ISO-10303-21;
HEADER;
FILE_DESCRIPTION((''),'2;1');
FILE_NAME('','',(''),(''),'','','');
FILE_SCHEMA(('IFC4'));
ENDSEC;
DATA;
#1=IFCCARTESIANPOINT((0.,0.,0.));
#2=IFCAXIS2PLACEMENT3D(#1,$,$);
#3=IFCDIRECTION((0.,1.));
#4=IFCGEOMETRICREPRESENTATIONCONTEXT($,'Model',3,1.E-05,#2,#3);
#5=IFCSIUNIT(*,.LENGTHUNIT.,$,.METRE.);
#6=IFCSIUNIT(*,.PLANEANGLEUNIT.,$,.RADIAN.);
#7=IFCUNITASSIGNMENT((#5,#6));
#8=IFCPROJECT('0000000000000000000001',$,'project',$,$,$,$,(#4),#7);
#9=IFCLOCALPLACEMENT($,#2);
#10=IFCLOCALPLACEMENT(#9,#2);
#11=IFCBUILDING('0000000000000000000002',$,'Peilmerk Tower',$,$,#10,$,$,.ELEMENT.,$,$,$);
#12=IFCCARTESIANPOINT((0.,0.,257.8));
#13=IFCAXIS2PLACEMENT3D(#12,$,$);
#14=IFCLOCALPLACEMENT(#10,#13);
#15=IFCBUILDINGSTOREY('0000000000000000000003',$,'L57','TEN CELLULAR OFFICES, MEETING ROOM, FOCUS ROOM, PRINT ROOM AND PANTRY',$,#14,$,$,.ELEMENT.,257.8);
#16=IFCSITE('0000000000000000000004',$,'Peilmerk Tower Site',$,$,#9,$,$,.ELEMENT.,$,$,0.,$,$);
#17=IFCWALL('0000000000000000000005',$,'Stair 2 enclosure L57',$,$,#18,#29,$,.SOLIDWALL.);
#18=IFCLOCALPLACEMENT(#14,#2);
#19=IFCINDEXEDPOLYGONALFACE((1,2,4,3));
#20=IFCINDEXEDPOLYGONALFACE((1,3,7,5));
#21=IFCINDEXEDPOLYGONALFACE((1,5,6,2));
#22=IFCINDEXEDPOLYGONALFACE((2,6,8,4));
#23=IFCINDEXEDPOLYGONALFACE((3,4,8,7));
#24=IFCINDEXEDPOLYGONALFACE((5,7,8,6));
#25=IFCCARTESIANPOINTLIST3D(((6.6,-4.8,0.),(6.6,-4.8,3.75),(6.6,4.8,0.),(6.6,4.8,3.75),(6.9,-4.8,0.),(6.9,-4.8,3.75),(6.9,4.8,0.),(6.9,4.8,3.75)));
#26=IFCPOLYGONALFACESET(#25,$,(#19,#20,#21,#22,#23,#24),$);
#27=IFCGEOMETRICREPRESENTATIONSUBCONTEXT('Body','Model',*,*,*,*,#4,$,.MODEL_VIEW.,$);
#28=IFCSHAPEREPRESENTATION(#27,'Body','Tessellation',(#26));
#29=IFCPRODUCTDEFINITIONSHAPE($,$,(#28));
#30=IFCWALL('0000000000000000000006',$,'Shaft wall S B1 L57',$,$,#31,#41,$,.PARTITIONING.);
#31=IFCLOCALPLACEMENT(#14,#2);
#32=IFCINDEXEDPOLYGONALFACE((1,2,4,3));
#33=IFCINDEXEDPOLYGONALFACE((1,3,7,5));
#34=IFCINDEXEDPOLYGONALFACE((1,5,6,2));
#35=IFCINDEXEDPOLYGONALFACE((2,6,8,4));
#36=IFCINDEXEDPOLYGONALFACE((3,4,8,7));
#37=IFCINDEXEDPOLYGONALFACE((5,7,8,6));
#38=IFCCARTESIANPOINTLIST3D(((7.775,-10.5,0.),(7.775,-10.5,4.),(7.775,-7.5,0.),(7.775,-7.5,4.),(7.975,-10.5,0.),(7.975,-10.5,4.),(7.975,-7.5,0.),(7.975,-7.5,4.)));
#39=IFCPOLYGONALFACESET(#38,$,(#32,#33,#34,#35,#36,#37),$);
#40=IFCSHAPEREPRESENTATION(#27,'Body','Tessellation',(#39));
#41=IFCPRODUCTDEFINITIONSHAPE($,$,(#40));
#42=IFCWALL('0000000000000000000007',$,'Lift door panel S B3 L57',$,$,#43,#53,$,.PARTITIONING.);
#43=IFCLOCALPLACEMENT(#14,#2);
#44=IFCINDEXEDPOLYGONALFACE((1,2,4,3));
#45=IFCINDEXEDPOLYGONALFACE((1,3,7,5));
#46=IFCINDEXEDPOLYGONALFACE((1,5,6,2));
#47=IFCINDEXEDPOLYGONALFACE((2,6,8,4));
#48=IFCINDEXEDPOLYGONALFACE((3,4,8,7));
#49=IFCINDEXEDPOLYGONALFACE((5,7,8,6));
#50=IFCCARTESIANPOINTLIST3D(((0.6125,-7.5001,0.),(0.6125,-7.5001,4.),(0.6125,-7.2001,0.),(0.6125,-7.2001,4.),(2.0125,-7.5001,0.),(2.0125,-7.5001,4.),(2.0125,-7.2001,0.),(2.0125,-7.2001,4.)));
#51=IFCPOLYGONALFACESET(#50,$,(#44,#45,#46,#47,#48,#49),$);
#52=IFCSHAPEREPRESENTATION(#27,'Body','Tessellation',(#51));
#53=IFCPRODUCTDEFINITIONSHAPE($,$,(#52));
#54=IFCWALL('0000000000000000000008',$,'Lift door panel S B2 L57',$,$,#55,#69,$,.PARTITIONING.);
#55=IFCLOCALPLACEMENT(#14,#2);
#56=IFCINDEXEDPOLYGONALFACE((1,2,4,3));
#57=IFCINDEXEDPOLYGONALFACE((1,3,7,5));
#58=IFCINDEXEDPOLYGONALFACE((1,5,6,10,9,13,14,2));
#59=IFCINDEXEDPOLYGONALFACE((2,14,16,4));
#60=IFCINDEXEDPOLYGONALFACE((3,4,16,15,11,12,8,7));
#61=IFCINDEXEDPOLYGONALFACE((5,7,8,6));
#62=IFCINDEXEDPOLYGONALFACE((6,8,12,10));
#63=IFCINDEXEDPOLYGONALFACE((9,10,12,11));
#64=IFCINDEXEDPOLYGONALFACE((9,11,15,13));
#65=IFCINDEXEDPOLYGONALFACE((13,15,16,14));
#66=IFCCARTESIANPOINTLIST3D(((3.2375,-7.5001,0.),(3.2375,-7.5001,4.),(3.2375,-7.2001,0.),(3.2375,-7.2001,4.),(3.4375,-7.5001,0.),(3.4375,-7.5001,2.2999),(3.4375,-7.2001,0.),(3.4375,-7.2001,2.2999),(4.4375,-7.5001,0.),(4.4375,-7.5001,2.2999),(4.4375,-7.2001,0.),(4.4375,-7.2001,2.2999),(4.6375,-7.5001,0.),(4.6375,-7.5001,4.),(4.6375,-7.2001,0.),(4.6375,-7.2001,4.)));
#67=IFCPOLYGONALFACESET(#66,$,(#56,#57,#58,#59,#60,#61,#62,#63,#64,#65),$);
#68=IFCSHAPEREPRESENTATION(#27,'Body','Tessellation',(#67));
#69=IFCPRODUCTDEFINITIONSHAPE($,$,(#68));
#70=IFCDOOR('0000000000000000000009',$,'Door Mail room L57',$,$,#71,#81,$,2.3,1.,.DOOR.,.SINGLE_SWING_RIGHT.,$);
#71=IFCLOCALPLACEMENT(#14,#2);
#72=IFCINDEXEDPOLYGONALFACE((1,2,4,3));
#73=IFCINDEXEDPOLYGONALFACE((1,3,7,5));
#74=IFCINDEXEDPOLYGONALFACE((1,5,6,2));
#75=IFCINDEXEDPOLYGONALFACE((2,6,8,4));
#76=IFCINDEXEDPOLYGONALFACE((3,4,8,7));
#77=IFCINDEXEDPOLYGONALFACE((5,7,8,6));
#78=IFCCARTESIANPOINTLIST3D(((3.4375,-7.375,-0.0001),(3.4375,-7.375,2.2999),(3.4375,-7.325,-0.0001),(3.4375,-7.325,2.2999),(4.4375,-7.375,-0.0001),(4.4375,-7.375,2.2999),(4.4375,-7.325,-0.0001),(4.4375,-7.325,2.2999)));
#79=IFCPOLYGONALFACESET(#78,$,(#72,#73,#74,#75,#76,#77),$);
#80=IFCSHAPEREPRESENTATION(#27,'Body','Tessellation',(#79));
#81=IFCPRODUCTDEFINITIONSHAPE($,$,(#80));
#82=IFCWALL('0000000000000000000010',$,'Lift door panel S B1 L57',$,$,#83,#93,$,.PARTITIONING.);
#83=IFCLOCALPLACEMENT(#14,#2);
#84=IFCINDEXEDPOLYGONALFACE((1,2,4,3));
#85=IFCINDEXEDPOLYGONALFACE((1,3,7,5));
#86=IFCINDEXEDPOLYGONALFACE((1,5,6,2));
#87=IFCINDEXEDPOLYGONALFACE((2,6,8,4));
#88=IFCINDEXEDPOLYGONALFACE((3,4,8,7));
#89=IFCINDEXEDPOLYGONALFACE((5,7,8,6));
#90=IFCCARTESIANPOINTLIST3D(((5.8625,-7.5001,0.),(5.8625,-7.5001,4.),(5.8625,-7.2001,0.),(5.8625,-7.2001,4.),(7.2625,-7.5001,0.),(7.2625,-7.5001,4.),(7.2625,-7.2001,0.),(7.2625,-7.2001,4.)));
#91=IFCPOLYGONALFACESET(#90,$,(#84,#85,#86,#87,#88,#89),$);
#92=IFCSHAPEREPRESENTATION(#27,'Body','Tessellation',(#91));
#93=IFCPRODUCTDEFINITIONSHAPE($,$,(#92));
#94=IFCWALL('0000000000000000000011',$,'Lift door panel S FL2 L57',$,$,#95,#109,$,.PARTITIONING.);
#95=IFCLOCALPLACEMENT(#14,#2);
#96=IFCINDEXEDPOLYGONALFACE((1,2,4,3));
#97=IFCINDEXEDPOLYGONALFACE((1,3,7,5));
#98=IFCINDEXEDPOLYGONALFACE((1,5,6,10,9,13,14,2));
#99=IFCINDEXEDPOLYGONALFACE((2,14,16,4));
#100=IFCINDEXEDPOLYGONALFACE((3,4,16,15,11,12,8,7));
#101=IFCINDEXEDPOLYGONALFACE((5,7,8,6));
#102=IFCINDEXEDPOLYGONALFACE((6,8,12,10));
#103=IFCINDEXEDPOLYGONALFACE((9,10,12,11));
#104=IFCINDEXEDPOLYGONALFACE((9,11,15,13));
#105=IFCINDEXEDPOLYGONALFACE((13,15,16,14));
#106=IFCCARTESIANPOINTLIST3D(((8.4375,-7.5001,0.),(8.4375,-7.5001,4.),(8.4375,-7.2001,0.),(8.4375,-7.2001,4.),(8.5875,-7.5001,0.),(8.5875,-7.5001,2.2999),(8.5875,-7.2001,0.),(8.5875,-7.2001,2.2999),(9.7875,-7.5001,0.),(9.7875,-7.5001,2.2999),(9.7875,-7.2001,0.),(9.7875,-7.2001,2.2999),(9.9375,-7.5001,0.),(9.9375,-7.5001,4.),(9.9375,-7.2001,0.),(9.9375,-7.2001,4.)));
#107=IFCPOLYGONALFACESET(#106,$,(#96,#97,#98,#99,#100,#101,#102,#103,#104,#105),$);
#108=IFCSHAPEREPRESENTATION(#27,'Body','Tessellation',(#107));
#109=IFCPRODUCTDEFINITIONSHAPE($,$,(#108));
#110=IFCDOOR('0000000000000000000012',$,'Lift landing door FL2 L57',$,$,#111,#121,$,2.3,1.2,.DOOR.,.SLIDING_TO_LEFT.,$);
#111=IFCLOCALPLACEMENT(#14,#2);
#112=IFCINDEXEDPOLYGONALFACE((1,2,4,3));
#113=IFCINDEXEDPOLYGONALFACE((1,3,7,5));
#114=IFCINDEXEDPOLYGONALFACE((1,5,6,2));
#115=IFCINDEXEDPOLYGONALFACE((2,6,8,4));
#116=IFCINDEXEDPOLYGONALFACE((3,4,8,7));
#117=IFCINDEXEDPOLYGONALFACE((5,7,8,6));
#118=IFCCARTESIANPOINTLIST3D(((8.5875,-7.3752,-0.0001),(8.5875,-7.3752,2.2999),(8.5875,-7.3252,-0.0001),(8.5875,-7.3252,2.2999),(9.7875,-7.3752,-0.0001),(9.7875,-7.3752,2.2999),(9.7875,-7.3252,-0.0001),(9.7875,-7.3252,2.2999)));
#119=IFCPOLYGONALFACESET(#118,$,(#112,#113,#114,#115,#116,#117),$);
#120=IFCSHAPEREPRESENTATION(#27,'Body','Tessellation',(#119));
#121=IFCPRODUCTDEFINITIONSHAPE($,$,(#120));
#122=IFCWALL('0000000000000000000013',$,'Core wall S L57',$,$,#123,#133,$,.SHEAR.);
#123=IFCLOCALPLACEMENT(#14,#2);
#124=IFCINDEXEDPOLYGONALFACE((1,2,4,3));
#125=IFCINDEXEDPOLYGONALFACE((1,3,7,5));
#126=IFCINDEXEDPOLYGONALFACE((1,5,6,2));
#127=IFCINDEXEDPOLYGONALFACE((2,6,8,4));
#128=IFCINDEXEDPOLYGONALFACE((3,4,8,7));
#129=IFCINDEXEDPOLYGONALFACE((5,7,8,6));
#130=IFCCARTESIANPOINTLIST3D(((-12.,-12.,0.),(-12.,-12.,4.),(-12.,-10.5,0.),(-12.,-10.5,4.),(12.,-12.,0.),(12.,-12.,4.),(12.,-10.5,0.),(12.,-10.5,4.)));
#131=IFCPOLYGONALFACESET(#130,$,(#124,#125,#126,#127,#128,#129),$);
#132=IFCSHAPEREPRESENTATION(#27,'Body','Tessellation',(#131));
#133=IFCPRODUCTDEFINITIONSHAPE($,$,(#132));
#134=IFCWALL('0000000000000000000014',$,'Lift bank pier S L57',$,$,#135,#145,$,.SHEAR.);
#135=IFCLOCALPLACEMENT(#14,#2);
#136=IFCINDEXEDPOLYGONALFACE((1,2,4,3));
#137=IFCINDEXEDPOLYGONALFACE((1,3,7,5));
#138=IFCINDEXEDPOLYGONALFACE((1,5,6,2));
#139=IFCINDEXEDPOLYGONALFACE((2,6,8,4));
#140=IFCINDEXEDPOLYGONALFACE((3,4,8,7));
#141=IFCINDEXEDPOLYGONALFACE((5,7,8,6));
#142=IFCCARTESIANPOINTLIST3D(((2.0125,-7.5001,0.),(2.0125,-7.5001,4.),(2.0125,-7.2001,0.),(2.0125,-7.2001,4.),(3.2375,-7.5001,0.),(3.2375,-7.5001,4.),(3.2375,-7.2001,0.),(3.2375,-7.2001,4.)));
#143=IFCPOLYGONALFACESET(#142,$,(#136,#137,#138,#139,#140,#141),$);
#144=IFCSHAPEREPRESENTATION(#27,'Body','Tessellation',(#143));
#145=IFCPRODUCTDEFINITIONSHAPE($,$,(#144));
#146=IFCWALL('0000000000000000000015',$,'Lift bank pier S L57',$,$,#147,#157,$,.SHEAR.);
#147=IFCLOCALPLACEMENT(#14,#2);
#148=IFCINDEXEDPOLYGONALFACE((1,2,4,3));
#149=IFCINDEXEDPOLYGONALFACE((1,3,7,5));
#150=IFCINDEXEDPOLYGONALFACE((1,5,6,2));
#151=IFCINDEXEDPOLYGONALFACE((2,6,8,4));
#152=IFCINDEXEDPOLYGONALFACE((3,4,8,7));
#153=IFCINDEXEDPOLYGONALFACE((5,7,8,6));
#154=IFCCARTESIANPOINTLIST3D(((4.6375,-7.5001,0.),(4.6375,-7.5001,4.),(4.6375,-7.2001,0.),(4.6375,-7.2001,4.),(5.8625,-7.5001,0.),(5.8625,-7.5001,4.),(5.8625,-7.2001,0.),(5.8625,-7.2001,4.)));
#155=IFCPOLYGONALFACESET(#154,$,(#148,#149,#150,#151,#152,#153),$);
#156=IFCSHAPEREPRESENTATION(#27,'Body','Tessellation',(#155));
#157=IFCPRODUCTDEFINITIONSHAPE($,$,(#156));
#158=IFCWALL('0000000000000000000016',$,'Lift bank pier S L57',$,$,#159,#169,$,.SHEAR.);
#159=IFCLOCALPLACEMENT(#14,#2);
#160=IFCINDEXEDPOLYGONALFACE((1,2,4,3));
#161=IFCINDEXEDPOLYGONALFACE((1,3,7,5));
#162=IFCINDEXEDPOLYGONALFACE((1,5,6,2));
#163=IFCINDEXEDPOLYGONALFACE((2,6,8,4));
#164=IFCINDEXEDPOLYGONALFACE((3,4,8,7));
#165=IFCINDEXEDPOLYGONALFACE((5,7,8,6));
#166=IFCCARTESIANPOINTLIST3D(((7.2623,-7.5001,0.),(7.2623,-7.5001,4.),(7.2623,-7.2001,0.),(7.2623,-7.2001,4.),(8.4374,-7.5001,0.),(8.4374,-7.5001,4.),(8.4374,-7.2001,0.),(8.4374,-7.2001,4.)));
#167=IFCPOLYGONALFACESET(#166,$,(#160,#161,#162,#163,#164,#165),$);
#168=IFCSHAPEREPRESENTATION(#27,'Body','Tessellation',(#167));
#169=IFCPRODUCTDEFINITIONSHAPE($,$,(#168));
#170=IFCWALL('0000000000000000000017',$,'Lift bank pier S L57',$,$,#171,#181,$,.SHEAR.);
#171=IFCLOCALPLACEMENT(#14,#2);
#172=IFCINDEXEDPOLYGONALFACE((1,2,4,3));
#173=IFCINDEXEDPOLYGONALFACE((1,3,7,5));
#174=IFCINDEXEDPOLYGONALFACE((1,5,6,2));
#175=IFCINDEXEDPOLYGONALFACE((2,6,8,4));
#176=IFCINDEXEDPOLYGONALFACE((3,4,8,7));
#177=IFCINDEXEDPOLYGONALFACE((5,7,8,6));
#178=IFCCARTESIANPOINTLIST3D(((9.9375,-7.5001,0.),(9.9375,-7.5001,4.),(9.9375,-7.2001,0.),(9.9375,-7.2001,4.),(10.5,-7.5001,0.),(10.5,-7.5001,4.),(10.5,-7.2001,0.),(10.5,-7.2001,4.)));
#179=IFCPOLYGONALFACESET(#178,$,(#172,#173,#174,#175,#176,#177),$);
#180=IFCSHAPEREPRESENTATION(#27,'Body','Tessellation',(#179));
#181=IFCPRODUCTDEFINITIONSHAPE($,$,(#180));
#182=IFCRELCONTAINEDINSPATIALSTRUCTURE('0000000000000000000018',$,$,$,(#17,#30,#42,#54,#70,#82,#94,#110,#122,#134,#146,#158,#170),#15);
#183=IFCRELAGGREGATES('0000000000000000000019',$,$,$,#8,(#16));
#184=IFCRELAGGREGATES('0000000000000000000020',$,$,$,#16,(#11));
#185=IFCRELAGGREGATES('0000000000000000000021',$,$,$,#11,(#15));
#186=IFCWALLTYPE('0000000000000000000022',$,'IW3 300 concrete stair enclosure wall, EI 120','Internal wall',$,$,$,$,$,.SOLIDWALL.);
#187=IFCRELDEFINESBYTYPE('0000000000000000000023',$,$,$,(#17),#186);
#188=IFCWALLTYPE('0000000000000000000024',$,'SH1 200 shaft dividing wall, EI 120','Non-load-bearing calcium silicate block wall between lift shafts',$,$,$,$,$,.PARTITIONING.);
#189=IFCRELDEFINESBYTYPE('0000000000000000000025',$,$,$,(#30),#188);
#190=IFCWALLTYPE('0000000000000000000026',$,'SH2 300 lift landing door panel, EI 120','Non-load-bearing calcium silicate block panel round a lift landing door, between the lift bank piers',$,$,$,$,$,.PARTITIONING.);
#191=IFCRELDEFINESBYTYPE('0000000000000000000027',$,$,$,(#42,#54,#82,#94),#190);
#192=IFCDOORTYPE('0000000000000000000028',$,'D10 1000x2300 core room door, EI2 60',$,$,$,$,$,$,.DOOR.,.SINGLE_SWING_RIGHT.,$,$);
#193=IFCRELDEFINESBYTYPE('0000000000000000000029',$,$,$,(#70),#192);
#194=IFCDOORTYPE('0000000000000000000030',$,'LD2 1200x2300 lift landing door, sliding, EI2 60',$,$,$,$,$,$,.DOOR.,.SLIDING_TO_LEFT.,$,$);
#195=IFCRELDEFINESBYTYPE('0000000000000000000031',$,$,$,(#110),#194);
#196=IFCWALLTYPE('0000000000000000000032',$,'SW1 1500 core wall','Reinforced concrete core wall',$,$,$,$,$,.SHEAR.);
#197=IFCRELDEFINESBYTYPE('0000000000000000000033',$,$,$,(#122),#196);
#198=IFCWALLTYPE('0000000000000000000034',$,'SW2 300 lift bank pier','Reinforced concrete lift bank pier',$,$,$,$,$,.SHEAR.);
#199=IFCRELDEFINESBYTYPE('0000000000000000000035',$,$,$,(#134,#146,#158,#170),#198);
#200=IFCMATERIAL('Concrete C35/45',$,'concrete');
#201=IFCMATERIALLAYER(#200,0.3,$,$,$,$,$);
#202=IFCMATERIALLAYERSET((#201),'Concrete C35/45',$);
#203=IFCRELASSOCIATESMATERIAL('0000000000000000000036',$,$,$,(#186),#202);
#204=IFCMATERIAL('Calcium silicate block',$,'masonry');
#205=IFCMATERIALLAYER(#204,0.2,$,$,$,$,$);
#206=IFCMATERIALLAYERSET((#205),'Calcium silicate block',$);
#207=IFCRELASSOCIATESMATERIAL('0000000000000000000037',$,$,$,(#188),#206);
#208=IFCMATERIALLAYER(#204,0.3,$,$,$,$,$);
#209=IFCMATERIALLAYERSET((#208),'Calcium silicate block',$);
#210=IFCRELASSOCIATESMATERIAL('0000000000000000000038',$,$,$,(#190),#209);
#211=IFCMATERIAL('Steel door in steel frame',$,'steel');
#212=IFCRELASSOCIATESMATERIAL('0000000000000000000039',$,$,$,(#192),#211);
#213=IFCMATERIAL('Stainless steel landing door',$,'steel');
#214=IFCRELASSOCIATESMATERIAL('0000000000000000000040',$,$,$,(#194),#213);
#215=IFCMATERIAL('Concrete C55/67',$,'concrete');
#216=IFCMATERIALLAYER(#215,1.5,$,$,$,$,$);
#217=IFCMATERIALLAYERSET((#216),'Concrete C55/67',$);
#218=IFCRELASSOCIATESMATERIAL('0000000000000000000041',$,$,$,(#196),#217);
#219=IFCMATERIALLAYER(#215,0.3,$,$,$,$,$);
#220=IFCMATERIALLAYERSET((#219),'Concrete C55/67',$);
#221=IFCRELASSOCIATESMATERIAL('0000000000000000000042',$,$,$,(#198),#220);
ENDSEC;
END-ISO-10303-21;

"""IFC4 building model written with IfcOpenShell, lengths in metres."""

from ifc_helpers import new_model, si_unit, direction, frame, frame_2d, origin, place, context, subcontext, project, spatial, rectangle, extrude, material, layer, layer_set, type_object, element, fill, save


model = new_model("IFC4")

# Units and contexts
model_context = context("Model", 3, precision=1e-05, world=origin(), true_north=direction((0.0, 1.0)))
body_context = subcontext(model_context, "Body", "Model", "MODEL_VIEW")
ifc_project = project(units=[si_unit("LENGTHUNIT", "METRE"), si_unit("PLANEANGLEUNIT", "RADIAN")], contexts=[model_context])

# Site, building, storey
site_placement = place(None, origin())
site = spatial("IfcSite", under=ifc_project, at=site_placement, Name="Peilmerk Tower Site", CompositionType="ELEMENT", RefElevation=0.0)
building_placement = place(site_placement, origin())
building = spatial("IfcBuilding", under=site, at=building_placement, Name="Peilmerk Tower", CompositionType="ELEMENT")
storey_placement = place(building_placement, frame((0.0, 0.0, 257.8)))
storey = spatial("IfcBuildingStorey", under=building, at=storey_placement, Name="L57", Description="TEN CELLULAR OFFICES, MEETING ROOM, FOCUS ROOM, PRINT ROOM AND PANTRY", CompositionType="ELEMENT", Elevation=257.8)

# Shared definitions
ifc_material_1 = material(Name="Calcium silicate block", Category="masonry")

# Walls
ifc_material_2 = material(Name="Concrete C35/45", Category="concrete")
ifc_layer_1 = layer(ifc_material_2, 0.3)
ifc_layer_set_1 = layer_set([ifc_layer_1], Name="Concrete C35/45")
wall_type_1 = type_object("IfcWallType", Name="IW3 300 concrete stair enclosure wall, EI 120", Description="Internal wall", PredefinedType="SOLIDWALL", material=ifc_layer_set_1)
wall_1_placement = place(storey_placement, frame((6.75, -4.8, 0.0), z_axis=(0.0, 0.0, 1.0), x_axis=(0.0, 1.0, 0.0)))
element("IfcWall", 1, at=wall_1_placement, inside=storey, type_object=wall_type_1, Name="Stair 2 enclosure L57", PredefinedType="SOLIDWALL", context=body_context, shape_type="SweptSolid", body=[
    extrude(rectangle(XDim=9.6001, YDim=0.3, at=frame_2d((4.8, 0.0))), origin(), (0.0, 0.0, 1.0), 3.75),
])
ifc_layer_2 = layer(ifc_material_1, 0.2)
ifc_layer_set_2 = layer_set([ifc_layer_2], Name="Calcium silicate block")
wall_type_2 = type_object("IfcWallType", Name="SH1 200 shaft dividing wall, EI 120", Description="Non-load-bearing calcium silicate block wall between lift shafts", PredefinedType="PARTITIONING", material=ifc_layer_set_2)
wall_2_placement = place(storey_placement, frame((7.875, -10.5, 0.0), z_axis=(0.0, 0.0, 1.0), x_axis=(0.0, 1.0, 0.0)))
element("IfcWall", 2, at=wall_2_placement, inside=storey, type_object=wall_type_2, Name="Shaft wall S B1 L57", PredefinedType="PARTITIONING", context=body_context, shape_type="SweptSolid", body=[
    extrude(rectangle(XDim=3.0, YDim=0.2, at=frame_2d((1.5, 0.0))), origin(), (0.0, 0.0, 1.0), 4.0),
])
ifc_layer_3 = layer(ifc_material_1, 0.3)
ifc_layer_set_3 = layer_set([ifc_layer_3], Name="Calcium silicate block")
wall_type_3 = type_object("IfcWallType", Name="SH2 300 lift landing door panel, EI 120", Description="Non-load-bearing calcium silicate block panel round a lift landing door, between the lift bank piers", PredefinedType="PARTITIONING", material=ifc_layer_set_3)
wall_3_placement = place(storey_placement, frame((0.6125, -7.3501, 0.0), z_axis=(0.0, 0.0, 1.0), x_axis=(1.0, 0.0, 0.0)))
element("IfcWall", 3, at=wall_3_placement, inside=storey, type_object=wall_type_3, Name="Lift door panel S B3 L57", PredefinedType="PARTITIONING", context=body_context, shape_type="SweptSolid", body=[
    extrude(rectangle(XDim=1.3999, YDim=0.3, at=frame_2d((0.7, 0.0))), origin(), (0.0, 0.0, 1.0), 4.0),
])

# Wall, opening, door
wall_4_placement = place(storey_placement, frame((3.2375, -7.3501, 0.0), z_axis=(0.0, 0.0, 1.0), x_axis=(1.0, 0.0, 0.0)))
wall_4 = element("IfcWall", 4, at=wall_4_placement, inside=storey, type_object=wall_type_3, Name="Lift door panel S B2 L57", PredefinedType="PARTITIONING", context=body_context, shape_type="SweptSolid", body=[
    extrude(rectangle(XDim=1.3999, YDim=0.3, at=frame_2d((0.7, 0.0))), origin(), (0.0, 0.0, 1.0), 4.0),
])
opening_1_placement = place(wall_4_placement, frame((0.2, 0.0, 0.0)))
opening_1 = element("IfcOpeningElement", 5, at=opening_1_placement, cuts=wall_4, PredefinedType="OPENING", context=body_context, shape_type="SweptSolid", body=[
    extrude(rectangle(XDim=1.0, YDim=2.3, at=frame_2d((0.5, 1.1499))), frame((0.0, 0.1599, 0.0), z_axis=(0.0, -1.0, 0.0), x_axis=(1.0, 0.0, 0.0)), (0.0, 0.0, 1.0), 0.3201),
])
ifc_material_3 = material(Name="Steel door in steel frame", Category="steel")
door_type_1 = type_object("IfcDoorType", Name="D10 1000x2300 core room door, EI2 60", OperationType="SINGLE_SWING_RIGHT", PredefinedType="DOOR", material=ifc_material_3)
door_1_placement = place(opening_1_placement, frame((1.0, 0.0, 0.0), z_axis=(0.0, 0.0, 1.0), x_axis=(-1.0, 0.0, 0.0)))
door_1 = element("IfcDoor", 6, at=door_1_placement, inside=storey, type_object=door_type_1, Name="Door Mail room L57", OperationType="SINGLE_SWING_RIGHT", OverallHeight=2.3, OverallWidth=1.0, PredefinedType="DOOR", context=body_context, shape_type="SweptSolid", body=[
    extrude(rectangle(XDim=1.0, YDim=2.3, at=frame_2d((0.5, 1.1499))), frame((0.0, 0.0249, 0.0), z_axis=(0.0, -1.0, 0.0), x_axis=(1.0, 0.0, 0.0)), (0.0, 0.0, 1.0), 0.05),
])
fill(opening_1, door_1)

# Wall
wall_5_placement = place(storey_placement, frame((5.8625, -7.3501, 0.0), z_axis=(0.0, 0.0, 1.0), x_axis=(1.0, 0.0, 0.0)))
element("IfcWall", 7, at=wall_5_placement, inside=storey, type_object=wall_type_3, Name="Lift door panel S B1 L57", PredefinedType="PARTITIONING", context=body_context, shape_type="SweptSolid", body=[
    extrude(rectangle(XDim=1.3999, YDim=0.3, at=frame_2d((0.7, 0.0))), origin(), (0.0, 0.0, 1.0), 4.0),
])

# Wall, opening, door
wall_6_placement = place(storey_placement, frame((8.4375, -7.3501, 0.0), z_axis=(0.0, 0.0, 1.0), x_axis=(1.0, 0.0, 0.0)))
wall_6 = element("IfcWall", 8, at=wall_6_placement, inside=storey, type_object=wall_type_3, Name="Lift door panel S FL2 L57", PredefinedType="PARTITIONING", context=body_context, shape_type="SweptSolid", body=[
    extrude(rectangle(XDim=1.5, YDim=0.3, at=frame_2d((0.75, 0.0))), origin(), (0.0, 0.0, 1.0), 4.0),
])
opening_2_placement = place(wall_6_placement, frame((0.1499, 0.0, 0.0)))
opening_2 = element("IfcOpeningElement", 9, at=opening_2_placement, cuts=wall_6, PredefinedType="OPENING", context=body_context, shape_type="SweptSolid", body=[
    extrude(rectangle(XDim=1.2, YDim=2.3, at=frame_2d((0.6001, 1.1499))), frame((0.0, 0.1599, 0.0), z_axis=(0.0, -1.0, 0.0), x_axis=(1.0, 0.0, 0.0)), (0.0, 0.0, 1.0), 0.3201),
])
ifc_material_4 = material(Name="Stainless steel landing door", Category="steel")
door_type_2 = type_object("IfcDoorType", Name="LD2 1200x2300 lift landing door, sliding, EI2 60", OperationType="SLIDING_TO_LEFT", PredefinedType="DOOR", material=ifc_material_4)
door_2_placement = place(opening_2_placement, origin())
door_2 = element("IfcDoor", 10, at=door_2_placement, inside=storey, type_object=door_type_2, Name="Lift landing door FL2 L57", OperationType="SLIDING_TO_LEFT", OverallHeight=2.3, OverallWidth=1.2, PredefinedType="DOOR", context=body_context, shape_type="SweptSolid", body=[
    extrude(rectangle(XDim=1.2, YDim=2.3, at=frame_2d((0.6001, 1.1499))), frame((0.0, 0.0249, 0.0), z_axis=(0.0, -1.0, 0.0), x_axis=(1.0, 0.0, 0.0)), (0.0, 0.0, 1.0), 0.05),
])
fill(opening_2, door_2)

# Walls
ifc_material_5 = material(Name="Concrete C55/67", Category="concrete")
ifc_layer_4 = layer(ifc_material_5, 1.5)
ifc_layer_set_4 = layer_set([ifc_layer_4], Name="Concrete C55/67")
wall_type_4 = type_object("IfcWallType", Name="SW1 1500 core wall", Description="Reinforced concrete core wall", PredefinedType="SHEAR", material=ifc_layer_set_4)
wall_7_placement = place(storey_placement, frame((12.0, -11.25, 0.0), z_axis=(0.0, 0.0, 1.0), x_axis=(-1.0, 0.0, 0.0)))
element("IfcWall", 11, at=wall_7_placement, inside=storey, type_object=wall_type_4, Name="Core wall S L57", PredefinedType="SHEAR", context=body_context, shape_type="SweptSolid", body=[
    extrude(rectangle(XDim=24.0, YDim=1.5, at=frame_2d((12.0, 0.0))), origin(), (0.0, 0.0, 1.0), 4.0),
])
ifc_layer_5 = layer(ifc_material_5, 0.3)
ifc_layer_set_5 = layer_set([ifc_layer_5], Name="Concrete C55/67")
wall_type_5 = type_object("IfcWallType", Name="SW2 300 lift bank pier", Description="Reinforced concrete lift bank pier", PredefinedType="SHEAR", material=ifc_layer_set_5)
for number, where, z_axis, x_axis, name in (
    (12, (2.0125, -7.3501, 0.0), (0.0, 0.0, 1.0), (1.0, 0.0, 0.0), "Lift bank pier S L57"),
    (13, (4.6375, -7.3501, 0.0), (0.0, 0.0, 1.0), (1.0, 0.0, 0.0), "Lift bank pier S L57"),
):
    element("IfcWall", number, at=place(storey_placement, frame(where, z_axis=z_axis, x_axis=x_axis)), inside=storey, type_object=wall_type_5, Name=name, PredefinedType="SHEAR", context=body_context, shape_type="SweptSolid", body=[
        extrude(rectangle(XDim=1.2251, YDim=0.3, at=frame_2d((0.6125, 0.0))), origin(), (0.0, 0.0, 1.0), 4.0),
    ])
wall_8_placement = place(storey_placement, frame((7.2625, -7.3501, 0.0), z_axis=(0.0, 0.0, 1.0), x_axis=(1.0, 0.0, 0.0)))
element("IfcWall", 14, at=wall_8_placement, inside=storey, type_object=wall_type_5, Name="Lift bank pier S L57", PredefinedType="SHEAR", context=body_context, shape_type="SweptSolid", body=[
    extrude(rectangle(XDim=1.175, YDim=0.3, at=frame_2d((0.5874, 0.0))), origin(), (0.0, 0.0, 1.0), 4.0),
])
wall_9_placement = place(storey_placement, frame((9.9375, -7.3501, 0.0), z_axis=(0.0, 0.0, 1.0), x_axis=(1.0, 0.0, 0.0)))
element("IfcWall", 15, at=wall_9_placement, inside=storey, type_object=wall_type_5, Name="Lift bank pier S L57", PredefinedType="SHEAR", context=body_context, shape_type="SweptSolid", body=[
    extrude(rectangle(XDim=0.5625, YDim=0.3, at=frame_2d((0.2812, 0.0))), origin(), (0.0, 0.0, 1.0), 4.0),
])

save(model, "model.ifc")
